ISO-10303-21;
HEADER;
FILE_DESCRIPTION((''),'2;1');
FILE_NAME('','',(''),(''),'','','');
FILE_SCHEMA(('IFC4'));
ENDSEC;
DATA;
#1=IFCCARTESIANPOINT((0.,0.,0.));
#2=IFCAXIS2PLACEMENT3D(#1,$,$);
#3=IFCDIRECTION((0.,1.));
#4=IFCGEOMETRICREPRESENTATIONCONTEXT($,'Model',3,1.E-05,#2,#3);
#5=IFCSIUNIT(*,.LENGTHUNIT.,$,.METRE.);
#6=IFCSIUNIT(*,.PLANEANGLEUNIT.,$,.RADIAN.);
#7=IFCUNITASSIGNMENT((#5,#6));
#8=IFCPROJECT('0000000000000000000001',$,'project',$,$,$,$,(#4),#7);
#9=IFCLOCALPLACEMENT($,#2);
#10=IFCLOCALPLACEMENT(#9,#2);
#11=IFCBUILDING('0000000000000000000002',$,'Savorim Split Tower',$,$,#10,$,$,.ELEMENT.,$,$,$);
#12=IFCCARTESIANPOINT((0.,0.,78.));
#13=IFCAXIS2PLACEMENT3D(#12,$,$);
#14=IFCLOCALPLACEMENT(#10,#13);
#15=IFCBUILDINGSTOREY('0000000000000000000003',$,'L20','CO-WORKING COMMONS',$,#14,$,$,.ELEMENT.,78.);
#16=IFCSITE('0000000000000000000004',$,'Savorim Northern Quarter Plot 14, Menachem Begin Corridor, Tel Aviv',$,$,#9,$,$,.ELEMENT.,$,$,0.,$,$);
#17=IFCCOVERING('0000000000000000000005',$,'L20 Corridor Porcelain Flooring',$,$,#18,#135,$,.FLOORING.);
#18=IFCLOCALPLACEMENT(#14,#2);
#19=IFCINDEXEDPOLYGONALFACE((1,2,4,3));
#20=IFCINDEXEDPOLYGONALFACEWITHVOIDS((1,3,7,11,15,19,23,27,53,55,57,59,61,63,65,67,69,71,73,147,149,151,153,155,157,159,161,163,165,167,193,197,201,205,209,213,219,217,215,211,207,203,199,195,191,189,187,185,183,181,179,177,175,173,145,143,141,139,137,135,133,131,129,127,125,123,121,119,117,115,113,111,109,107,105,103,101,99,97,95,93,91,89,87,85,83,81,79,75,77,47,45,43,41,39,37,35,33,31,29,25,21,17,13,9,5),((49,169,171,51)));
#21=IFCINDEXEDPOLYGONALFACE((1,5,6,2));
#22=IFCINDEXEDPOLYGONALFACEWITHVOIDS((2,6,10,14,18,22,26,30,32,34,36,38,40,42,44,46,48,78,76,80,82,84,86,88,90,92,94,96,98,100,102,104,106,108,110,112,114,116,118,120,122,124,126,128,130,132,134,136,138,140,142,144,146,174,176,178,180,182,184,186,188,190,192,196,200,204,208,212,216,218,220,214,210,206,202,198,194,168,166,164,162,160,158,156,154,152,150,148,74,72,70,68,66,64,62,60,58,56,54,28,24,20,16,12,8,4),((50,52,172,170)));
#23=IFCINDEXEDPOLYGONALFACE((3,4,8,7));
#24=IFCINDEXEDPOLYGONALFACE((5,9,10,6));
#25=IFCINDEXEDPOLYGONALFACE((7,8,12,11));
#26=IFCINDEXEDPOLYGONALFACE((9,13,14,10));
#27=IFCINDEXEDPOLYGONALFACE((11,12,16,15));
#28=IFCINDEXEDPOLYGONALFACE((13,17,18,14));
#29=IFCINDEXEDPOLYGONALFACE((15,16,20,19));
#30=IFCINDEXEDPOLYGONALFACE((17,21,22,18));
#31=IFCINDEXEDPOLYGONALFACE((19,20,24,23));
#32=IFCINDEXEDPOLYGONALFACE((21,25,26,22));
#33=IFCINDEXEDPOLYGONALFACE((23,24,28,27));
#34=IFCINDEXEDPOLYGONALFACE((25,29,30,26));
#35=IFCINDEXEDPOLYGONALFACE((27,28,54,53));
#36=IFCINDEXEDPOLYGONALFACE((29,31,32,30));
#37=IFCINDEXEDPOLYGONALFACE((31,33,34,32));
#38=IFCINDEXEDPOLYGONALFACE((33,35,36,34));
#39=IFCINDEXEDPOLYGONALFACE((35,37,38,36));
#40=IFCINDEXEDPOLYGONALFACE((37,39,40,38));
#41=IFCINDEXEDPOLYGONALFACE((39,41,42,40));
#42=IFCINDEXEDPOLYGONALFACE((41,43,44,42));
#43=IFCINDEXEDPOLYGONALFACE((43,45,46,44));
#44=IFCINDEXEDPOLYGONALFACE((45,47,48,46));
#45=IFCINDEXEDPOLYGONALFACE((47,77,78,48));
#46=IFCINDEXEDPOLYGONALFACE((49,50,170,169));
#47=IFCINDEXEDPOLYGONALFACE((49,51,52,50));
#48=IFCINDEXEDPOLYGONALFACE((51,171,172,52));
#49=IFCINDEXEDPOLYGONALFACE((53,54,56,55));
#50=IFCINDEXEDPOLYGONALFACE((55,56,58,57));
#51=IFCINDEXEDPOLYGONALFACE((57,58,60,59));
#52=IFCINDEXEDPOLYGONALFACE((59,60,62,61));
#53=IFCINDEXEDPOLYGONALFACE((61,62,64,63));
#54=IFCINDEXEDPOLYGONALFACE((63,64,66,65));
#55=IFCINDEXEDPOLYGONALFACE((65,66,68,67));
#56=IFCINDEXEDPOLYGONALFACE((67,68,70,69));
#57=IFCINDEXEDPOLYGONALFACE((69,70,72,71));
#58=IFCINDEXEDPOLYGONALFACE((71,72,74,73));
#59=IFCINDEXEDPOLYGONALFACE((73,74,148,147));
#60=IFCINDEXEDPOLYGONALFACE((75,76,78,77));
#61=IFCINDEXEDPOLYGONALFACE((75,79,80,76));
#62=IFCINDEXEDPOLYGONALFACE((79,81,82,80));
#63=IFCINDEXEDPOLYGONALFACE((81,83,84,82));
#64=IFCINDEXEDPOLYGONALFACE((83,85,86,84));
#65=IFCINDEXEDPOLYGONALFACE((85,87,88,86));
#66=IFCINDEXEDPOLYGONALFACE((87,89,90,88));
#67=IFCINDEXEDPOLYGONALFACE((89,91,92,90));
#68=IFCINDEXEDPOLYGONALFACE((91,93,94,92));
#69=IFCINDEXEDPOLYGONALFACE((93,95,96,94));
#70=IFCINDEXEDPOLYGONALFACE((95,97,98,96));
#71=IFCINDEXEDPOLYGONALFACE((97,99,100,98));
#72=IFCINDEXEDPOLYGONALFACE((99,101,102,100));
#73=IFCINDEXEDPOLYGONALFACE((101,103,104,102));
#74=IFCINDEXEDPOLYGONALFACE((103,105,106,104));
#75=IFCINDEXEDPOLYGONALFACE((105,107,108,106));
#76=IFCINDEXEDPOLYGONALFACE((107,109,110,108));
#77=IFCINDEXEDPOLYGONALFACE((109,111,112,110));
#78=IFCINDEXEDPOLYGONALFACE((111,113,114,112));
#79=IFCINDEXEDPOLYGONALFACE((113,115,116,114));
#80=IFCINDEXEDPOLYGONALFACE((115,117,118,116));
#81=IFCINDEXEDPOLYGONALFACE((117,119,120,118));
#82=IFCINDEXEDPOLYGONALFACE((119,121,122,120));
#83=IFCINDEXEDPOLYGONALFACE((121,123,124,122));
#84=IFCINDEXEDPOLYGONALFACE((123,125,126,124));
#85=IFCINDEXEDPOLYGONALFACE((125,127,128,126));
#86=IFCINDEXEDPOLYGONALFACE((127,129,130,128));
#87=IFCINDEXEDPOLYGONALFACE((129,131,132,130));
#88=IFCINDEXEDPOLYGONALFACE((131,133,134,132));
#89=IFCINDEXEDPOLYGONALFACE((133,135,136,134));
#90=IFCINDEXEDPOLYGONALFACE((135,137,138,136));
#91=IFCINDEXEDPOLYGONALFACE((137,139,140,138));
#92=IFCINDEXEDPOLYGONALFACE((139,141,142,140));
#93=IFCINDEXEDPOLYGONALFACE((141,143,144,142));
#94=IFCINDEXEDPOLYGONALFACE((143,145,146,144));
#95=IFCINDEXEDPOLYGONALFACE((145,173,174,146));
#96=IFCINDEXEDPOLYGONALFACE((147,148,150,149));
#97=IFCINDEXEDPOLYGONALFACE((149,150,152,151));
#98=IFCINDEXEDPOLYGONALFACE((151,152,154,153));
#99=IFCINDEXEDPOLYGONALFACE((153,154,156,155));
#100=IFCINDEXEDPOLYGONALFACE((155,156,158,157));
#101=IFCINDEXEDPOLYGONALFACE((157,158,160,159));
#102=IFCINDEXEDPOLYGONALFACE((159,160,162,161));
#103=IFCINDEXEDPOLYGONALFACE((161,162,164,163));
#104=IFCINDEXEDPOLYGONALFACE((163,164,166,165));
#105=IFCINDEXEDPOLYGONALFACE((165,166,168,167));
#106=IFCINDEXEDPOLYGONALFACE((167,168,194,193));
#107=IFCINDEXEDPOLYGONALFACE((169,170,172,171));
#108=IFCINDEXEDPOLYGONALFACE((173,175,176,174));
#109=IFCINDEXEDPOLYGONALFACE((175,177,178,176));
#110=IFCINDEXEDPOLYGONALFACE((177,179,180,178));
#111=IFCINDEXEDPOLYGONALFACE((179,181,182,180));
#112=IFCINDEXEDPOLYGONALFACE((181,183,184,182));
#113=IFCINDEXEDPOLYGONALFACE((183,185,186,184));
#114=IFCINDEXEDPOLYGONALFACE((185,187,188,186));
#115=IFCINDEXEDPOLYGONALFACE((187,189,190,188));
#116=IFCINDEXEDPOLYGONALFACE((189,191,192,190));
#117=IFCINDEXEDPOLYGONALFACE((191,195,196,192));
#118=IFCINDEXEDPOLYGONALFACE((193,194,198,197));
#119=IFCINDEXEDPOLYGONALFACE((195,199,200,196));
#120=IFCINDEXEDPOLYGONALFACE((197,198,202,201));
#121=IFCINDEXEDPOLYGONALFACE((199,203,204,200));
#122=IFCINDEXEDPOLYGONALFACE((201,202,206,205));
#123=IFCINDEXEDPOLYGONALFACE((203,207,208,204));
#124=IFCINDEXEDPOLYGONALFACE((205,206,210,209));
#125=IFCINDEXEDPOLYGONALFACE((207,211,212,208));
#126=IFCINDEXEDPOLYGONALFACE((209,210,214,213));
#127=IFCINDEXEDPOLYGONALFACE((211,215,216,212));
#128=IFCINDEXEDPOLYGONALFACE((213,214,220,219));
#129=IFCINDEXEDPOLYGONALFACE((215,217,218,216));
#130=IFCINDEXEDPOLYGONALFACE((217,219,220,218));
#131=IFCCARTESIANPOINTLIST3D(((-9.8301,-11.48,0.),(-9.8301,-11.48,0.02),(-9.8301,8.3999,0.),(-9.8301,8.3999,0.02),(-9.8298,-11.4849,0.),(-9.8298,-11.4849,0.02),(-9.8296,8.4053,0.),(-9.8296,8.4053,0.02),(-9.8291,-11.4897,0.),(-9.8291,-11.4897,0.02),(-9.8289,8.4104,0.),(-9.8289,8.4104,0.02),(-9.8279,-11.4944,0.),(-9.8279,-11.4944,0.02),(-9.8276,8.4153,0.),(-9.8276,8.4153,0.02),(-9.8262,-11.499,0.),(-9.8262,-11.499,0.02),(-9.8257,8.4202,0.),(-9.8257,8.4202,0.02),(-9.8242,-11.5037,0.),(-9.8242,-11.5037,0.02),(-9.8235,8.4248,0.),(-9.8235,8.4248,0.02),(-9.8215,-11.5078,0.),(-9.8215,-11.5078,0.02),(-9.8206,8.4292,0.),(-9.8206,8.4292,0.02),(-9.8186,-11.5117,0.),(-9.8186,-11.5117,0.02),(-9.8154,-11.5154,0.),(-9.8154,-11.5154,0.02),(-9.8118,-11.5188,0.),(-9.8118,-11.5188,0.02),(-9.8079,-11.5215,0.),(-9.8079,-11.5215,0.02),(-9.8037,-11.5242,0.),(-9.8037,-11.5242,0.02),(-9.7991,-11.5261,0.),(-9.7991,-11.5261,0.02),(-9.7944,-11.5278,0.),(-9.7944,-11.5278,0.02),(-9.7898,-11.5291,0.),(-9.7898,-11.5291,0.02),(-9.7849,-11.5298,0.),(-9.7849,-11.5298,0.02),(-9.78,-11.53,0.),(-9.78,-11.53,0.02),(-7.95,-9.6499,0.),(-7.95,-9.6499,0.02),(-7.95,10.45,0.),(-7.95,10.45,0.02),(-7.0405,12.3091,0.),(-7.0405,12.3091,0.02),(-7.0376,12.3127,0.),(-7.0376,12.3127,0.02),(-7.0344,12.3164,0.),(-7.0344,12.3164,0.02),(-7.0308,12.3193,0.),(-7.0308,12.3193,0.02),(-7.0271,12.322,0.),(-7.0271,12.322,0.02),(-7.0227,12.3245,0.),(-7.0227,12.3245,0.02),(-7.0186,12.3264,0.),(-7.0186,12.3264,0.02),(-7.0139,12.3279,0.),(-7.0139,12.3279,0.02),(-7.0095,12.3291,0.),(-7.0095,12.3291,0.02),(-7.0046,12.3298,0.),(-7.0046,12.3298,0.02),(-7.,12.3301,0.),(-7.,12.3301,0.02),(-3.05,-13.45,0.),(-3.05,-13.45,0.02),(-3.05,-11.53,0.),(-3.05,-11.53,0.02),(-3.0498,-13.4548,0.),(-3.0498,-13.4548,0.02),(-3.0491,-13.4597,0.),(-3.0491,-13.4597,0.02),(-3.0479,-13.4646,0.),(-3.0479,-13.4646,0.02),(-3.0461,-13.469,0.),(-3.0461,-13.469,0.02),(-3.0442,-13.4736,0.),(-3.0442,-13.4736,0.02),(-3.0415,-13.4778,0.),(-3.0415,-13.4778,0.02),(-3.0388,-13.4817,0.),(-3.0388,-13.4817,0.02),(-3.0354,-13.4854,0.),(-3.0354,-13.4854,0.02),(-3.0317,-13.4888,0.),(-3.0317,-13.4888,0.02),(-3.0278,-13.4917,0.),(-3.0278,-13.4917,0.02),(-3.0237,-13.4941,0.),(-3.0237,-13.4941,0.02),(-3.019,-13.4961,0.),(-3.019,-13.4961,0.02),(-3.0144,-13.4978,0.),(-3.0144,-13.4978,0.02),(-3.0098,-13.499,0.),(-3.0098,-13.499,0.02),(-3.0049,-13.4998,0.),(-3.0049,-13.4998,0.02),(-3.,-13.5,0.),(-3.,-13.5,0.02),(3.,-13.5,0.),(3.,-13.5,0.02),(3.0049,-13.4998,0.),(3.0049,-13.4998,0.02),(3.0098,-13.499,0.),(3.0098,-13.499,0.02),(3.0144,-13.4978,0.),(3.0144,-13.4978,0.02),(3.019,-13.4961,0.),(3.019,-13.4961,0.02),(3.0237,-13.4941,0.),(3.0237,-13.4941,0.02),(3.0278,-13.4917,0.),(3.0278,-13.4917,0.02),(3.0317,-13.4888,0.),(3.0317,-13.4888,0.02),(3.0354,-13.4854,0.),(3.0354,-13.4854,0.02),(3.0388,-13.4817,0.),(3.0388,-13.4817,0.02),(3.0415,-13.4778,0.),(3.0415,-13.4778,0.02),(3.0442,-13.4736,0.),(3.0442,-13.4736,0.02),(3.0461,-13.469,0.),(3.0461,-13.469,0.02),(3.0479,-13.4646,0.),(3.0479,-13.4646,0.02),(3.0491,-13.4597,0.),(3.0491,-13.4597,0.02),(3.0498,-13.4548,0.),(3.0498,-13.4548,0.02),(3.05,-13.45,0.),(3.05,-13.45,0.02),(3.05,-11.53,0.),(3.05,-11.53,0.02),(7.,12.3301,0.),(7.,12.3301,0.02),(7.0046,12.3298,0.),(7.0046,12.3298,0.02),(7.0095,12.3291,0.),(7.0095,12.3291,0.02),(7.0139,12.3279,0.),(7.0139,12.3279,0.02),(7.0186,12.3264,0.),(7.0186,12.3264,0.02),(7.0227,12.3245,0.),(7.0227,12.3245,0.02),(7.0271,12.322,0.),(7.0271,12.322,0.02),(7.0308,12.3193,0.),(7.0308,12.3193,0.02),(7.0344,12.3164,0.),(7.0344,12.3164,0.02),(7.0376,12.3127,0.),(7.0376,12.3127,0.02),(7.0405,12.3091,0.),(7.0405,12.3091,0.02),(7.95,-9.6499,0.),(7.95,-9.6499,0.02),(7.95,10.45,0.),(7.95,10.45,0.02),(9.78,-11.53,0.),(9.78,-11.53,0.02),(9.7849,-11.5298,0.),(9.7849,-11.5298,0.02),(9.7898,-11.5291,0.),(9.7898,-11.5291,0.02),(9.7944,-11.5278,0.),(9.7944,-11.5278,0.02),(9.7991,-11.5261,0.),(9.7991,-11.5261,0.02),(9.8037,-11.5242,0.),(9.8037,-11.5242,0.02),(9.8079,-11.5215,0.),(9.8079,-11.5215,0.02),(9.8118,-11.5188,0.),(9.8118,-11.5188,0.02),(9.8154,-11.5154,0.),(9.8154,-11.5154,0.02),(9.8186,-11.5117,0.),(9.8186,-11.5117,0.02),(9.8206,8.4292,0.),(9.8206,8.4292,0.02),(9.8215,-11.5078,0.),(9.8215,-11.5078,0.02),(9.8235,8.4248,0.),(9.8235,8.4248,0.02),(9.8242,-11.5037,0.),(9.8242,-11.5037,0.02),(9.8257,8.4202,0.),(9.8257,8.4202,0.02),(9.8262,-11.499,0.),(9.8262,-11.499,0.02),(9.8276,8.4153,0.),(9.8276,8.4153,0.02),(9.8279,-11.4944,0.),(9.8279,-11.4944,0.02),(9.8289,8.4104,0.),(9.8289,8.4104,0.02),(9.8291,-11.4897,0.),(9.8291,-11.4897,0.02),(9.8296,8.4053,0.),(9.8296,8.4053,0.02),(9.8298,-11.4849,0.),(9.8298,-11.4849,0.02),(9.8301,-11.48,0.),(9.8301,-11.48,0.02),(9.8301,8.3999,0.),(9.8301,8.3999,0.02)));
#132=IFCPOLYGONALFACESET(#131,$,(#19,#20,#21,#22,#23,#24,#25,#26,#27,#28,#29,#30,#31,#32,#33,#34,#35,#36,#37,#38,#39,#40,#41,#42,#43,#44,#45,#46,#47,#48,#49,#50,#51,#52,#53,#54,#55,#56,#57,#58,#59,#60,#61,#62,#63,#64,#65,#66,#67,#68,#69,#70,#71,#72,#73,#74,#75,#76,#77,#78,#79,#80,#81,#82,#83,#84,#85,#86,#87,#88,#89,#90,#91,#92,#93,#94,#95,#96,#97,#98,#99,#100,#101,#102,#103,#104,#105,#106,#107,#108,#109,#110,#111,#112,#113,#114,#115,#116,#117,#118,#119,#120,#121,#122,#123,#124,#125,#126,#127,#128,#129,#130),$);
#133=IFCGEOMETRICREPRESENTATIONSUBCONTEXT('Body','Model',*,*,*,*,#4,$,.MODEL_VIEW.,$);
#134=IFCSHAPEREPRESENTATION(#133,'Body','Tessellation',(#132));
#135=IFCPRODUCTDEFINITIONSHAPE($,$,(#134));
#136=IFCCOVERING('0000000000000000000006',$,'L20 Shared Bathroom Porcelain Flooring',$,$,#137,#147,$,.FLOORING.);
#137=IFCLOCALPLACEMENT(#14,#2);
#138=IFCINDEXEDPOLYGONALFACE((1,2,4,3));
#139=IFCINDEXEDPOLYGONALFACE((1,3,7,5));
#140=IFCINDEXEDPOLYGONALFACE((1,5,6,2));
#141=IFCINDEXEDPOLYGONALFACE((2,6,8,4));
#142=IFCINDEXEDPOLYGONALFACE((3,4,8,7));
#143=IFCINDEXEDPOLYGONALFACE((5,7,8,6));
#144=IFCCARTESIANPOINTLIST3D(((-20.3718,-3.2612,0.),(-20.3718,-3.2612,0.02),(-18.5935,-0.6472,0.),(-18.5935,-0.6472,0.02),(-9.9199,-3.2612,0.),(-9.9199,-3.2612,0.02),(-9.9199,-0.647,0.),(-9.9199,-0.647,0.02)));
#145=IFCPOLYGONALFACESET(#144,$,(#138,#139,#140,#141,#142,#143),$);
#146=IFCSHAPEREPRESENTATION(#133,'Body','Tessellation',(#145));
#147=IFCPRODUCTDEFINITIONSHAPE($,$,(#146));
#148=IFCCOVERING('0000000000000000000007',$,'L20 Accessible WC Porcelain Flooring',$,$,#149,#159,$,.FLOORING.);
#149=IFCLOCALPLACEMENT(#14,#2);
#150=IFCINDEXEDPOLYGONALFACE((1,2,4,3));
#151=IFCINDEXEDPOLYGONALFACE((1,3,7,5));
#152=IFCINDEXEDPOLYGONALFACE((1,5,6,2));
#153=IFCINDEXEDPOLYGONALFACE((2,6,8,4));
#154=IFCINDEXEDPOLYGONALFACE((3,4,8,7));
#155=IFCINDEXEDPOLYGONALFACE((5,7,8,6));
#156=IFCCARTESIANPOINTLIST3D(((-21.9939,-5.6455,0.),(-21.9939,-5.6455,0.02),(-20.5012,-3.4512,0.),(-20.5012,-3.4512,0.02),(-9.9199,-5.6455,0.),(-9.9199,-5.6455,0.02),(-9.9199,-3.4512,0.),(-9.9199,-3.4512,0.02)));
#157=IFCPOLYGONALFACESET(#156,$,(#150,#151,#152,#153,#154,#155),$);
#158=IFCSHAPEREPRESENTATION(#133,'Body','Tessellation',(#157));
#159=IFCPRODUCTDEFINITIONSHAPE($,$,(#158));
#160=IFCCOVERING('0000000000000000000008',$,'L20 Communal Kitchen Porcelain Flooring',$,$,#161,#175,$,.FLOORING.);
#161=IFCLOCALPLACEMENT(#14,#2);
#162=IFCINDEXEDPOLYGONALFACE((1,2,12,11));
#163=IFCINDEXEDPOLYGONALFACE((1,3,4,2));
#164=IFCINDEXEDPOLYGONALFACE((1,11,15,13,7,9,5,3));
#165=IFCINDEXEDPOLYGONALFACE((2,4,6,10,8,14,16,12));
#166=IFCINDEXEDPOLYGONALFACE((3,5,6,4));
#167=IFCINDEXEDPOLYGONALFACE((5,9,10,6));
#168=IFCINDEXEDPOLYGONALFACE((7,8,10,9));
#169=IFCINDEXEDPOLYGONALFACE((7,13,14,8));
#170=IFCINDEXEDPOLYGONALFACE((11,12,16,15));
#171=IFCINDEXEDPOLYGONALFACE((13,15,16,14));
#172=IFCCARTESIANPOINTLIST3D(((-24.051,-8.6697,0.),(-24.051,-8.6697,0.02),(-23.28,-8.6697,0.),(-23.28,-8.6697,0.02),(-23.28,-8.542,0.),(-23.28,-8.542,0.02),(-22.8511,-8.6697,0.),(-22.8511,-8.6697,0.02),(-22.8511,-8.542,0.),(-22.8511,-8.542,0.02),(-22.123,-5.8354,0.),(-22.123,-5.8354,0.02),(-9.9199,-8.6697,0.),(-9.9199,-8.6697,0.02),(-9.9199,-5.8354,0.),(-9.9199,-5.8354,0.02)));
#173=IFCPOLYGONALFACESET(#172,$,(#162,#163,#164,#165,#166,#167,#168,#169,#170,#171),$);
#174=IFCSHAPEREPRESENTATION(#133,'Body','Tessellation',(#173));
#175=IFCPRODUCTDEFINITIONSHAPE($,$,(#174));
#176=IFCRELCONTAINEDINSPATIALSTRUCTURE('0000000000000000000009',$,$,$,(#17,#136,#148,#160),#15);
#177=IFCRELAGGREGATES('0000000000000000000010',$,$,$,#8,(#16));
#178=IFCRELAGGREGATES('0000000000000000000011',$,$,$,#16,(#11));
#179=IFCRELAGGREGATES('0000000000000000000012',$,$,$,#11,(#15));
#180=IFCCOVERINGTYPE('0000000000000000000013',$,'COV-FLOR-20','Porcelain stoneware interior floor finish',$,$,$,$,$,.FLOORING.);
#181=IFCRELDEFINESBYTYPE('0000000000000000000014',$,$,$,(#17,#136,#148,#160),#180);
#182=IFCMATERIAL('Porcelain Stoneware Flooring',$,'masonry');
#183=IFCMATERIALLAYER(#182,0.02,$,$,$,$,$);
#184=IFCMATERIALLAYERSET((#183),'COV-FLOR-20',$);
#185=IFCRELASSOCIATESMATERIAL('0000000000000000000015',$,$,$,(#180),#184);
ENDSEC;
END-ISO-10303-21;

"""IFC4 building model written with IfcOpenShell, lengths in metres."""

from ifc_helpers import new_model, si_unit, direction, frame, origin, place, context, subcontext, project, spatial, polyline, outline, extrude, material, layer, layer_set, type_object, element, save


model = new_model("IFC4")

# Units and contexts
model_context = context("Model", 3, precision=1e-05, world=origin(), true_north=direction((0.0, 1.0)))
body_context = subcontext(model_context, "Body", "Model", "MODEL_VIEW")
ifc_project = project(units=[si_unit("LENGTHUNIT", "METRE"), si_unit("PLANEANGLEUNIT", "RADIAN")], contexts=[model_context])

# Site, building, storey
site_placement = place(None, origin())
site = spatial("IfcSite", under=ifc_project, at=site_placement, Name="Savorim Northern Quarter Plot 14, Menachem Begin Corridor, Tel Aviv", CompositionType="ELEMENT", RefElevation=0.0)
building_placement = place(site_placement, origin())
building = spatial("IfcBuilding", under=site, at=building_placement, Name="Savorim Split Tower", CompositionType="ELEMENT")
storey_placement = place(building_placement, frame((0.0, 0.0, 78.0)))
storey = spatial("IfcBuildingStorey", under=building, at=storey_placement, Name="L20", Description="CO-WORKING COMMONS", CompositionType="ELEMENT", Elevation=78.0)

# Coverings
ifc_material_1 = material(Name="Porcelain Stoneware Flooring", Category="masonry")
ifc_layer_1 = layer(ifc_material_1, 0.02)
ifc_layer_set_1 = layer_set([ifc_layer_1], Name="COV-FLOR-20")
covering_type_1 = type_object("IfcCoveringType", Name="COV-FLOR-20", Description="Porcelain stoneware interior floor finish", PredefinedType="FLOORING", material=ifc_layer_set_1)
covering_1_placement = place(storey_placement, origin())
element("IfcCovering", 1, at=covering_1_placement, inside=storey, type_object=covering_type_1, Name="L20 Corridor Porcelain Flooring", PredefinedType="FLOORING", context=body_context, shape_type="SweptSolid", body=[
    extrude(outline(polyline([(7.0095, 12.3291), (7.0046, 12.3298), (7.0, 12.3301), (-7.0, 12.3301), (-7.0046, 12.3298), (-7.0095, 12.3291), (-7.0139, 12.3279), (-7.0186, 12.3264), (-7.0227, 12.3245), (-7.0271, 12.322), (-7.0308, 12.3193), (-7.0344, 12.3164), (-7.0376, 12.3127), (-7.0405, 12.3091), (-9.8206, 8.4292), (-9.8235, 8.4248), (-9.8257, 8.4202), (-9.8276, 8.4153), (-9.8289, 8.4104), (-9.8296, 8.4053), (-9.8301, 8.3999), (-9.8301, -11.48), (-9.8298, -11.4849), (-9.8291, -11.4897), (-9.8279, -11.4944), (-9.8262, -11.499), (-9.8242, -11.5037), (-9.8215, -11.5078), (-9.8186, -11.5117), (-9.8154, -11.5154), (-9.8118, -11.5188), (-9.8079, -11.5215), (-9.8037, -11.5242), (-9.7991, -11.5261), (-9.7944, -11.5278), (-9.7898, -11.5291), (-9.7849, -11.5298), (-9.78, -11.53), (-3.05, -11.53), (-3.05, -13.45), (-3.0498, -13.4548), (-3.0491, -13.4597), (-3.0479, -13.4646), (-3.0461, -13.469), (-3.0442, -13.4736), (-3.0415, -13.4778), (-3.0388, -13.4817), (-3.0354, -13.4854), (-3.0317, -13.4888), (-3.0278, -13.4917), (-3.0237, -13.4941), (-3.019, -13.4961), (-3.0144, -13.4978), (-3.0098, -13.499), (-3.0049, -13.4998), (-3.0, -13.5), (3.0, -13.5), (3.0049, -13.4998), (3.0098, -13.499), (3.0144, -13.4978), (3.019, -13.4961), (3.0237, -13.4941), (3.0278, -13.4917), (3.0317, -13.4888), (3.0354, -13.4854), (3.0388, -13.4817), (3.0415, -13.4778), (3.0442, -13.4736), (3.0461, -13.469), (3.0479, -13.4646), (3.0491, -13.4597), (3.0498, -13.4548), (3.05, -13.45), (3.05, -11.53), (9.78, -11.53), (9.7849, -11.5298), (9.7898, -11.5291), (9.7944, -11.5278), (9.7991, -11.5261), (9.8037, -11.5242), (9.8079, -11.5215), (9.8118, -11.5188), (9.8154, -11.5154), (9.8186, -11.5117), (9.8215, -11.5078), (9.8242, -11.5037), (9.8262, -11.499), (9.8279, -11.4944), (9.8291, -11.4897), (9.8298, -11.4849), (9.8301, -11.48), (9.8301, 8.3999), (9.8296, 8.4053), (9.8289, 8.4104), (9.8276, 8.4153), (9.8257, 8.4202), (9.8235, 8.4248), (9.8206, 8.4292), (7.0405, 12.3091), (7.0376, 12.3127), (7.0344, 12.3164), (7.0308, 12.3193), (7.0271, 12.322), (7.0227, 12.3245), (7.0186, 12.3264), (7.0139, 12.3279), (7.0095, 12.3291)]), holes=[polyline([(-7.95, 10.45), (-7.95, -9.6499), (7.95, -9.6499), (7.95, 10.45), (-7.95, 10.45)])]), origin(), (0.0, 0.0, 1.0), 0.02),
])
covering_2_placement = place(storey_placement, origin())
element("IfcCovering", 2, at=covering_2_placement, inside=storey, type_object=covering_type_1, Name="L20 Shared Bathroom Porcelain Flooring", PredefinedType="FLOORING", context=body_context, shape_type="SweptSolid", body=[
    extrude(outline(polyline([(-18.5935, -0.6472), (-20.3718, -3.2612), (-9.9199, -3.2612), (-9.9199, -0.647), (-18.5935, -0.6472)])), origin(), (0.0, 0.0, 1.0), 0.02),
])
covering_3_placement = place(storey_placement, origin())
element("IfcCovering", 3, at=covering_3_placement, inside=storey, type_object=covering_type_1, Name="L20 Accessible WC Porcelain Flooring", PredefinedType="FLOORING", context=body_context, shape_type="SweptSolid", body=[
    extrude(outline(polyline([(-20.5012, -3.4512), (-21.9939, -5.6455), (-9.9199, -5.6455), (-9.9199, -3.4512), (-20.5012, -3.4512)])), origin(), (0.0, 0.0, 1.0), 0.02),
])
covering_4_placement = place(storey_placement, origin())
element("IfcCovering", 4, at=covering_4_placement, inside=storey, type_object=covering_type_1, Name="L20 Communal Kitchen Porcelain Flooring", PredefinedType="FLOORING", context=body_context, shape_type="SweptSolid", body=[
    extrude(outline(polyline([(-22.8511, -8.542), (-22.8511, -8.6697), (-9.9199, -8.6697), (-9.9199, -5.8354), (-22.123, -5.8354), (-24.051, -8.6697), (-23.28, -8.6697), (-23.28, -8.542), (-22.8511, -8.542)])), origin(), (0.0, 0.0, 1.0), 0.02),
])

save(model, "model.ifc")
